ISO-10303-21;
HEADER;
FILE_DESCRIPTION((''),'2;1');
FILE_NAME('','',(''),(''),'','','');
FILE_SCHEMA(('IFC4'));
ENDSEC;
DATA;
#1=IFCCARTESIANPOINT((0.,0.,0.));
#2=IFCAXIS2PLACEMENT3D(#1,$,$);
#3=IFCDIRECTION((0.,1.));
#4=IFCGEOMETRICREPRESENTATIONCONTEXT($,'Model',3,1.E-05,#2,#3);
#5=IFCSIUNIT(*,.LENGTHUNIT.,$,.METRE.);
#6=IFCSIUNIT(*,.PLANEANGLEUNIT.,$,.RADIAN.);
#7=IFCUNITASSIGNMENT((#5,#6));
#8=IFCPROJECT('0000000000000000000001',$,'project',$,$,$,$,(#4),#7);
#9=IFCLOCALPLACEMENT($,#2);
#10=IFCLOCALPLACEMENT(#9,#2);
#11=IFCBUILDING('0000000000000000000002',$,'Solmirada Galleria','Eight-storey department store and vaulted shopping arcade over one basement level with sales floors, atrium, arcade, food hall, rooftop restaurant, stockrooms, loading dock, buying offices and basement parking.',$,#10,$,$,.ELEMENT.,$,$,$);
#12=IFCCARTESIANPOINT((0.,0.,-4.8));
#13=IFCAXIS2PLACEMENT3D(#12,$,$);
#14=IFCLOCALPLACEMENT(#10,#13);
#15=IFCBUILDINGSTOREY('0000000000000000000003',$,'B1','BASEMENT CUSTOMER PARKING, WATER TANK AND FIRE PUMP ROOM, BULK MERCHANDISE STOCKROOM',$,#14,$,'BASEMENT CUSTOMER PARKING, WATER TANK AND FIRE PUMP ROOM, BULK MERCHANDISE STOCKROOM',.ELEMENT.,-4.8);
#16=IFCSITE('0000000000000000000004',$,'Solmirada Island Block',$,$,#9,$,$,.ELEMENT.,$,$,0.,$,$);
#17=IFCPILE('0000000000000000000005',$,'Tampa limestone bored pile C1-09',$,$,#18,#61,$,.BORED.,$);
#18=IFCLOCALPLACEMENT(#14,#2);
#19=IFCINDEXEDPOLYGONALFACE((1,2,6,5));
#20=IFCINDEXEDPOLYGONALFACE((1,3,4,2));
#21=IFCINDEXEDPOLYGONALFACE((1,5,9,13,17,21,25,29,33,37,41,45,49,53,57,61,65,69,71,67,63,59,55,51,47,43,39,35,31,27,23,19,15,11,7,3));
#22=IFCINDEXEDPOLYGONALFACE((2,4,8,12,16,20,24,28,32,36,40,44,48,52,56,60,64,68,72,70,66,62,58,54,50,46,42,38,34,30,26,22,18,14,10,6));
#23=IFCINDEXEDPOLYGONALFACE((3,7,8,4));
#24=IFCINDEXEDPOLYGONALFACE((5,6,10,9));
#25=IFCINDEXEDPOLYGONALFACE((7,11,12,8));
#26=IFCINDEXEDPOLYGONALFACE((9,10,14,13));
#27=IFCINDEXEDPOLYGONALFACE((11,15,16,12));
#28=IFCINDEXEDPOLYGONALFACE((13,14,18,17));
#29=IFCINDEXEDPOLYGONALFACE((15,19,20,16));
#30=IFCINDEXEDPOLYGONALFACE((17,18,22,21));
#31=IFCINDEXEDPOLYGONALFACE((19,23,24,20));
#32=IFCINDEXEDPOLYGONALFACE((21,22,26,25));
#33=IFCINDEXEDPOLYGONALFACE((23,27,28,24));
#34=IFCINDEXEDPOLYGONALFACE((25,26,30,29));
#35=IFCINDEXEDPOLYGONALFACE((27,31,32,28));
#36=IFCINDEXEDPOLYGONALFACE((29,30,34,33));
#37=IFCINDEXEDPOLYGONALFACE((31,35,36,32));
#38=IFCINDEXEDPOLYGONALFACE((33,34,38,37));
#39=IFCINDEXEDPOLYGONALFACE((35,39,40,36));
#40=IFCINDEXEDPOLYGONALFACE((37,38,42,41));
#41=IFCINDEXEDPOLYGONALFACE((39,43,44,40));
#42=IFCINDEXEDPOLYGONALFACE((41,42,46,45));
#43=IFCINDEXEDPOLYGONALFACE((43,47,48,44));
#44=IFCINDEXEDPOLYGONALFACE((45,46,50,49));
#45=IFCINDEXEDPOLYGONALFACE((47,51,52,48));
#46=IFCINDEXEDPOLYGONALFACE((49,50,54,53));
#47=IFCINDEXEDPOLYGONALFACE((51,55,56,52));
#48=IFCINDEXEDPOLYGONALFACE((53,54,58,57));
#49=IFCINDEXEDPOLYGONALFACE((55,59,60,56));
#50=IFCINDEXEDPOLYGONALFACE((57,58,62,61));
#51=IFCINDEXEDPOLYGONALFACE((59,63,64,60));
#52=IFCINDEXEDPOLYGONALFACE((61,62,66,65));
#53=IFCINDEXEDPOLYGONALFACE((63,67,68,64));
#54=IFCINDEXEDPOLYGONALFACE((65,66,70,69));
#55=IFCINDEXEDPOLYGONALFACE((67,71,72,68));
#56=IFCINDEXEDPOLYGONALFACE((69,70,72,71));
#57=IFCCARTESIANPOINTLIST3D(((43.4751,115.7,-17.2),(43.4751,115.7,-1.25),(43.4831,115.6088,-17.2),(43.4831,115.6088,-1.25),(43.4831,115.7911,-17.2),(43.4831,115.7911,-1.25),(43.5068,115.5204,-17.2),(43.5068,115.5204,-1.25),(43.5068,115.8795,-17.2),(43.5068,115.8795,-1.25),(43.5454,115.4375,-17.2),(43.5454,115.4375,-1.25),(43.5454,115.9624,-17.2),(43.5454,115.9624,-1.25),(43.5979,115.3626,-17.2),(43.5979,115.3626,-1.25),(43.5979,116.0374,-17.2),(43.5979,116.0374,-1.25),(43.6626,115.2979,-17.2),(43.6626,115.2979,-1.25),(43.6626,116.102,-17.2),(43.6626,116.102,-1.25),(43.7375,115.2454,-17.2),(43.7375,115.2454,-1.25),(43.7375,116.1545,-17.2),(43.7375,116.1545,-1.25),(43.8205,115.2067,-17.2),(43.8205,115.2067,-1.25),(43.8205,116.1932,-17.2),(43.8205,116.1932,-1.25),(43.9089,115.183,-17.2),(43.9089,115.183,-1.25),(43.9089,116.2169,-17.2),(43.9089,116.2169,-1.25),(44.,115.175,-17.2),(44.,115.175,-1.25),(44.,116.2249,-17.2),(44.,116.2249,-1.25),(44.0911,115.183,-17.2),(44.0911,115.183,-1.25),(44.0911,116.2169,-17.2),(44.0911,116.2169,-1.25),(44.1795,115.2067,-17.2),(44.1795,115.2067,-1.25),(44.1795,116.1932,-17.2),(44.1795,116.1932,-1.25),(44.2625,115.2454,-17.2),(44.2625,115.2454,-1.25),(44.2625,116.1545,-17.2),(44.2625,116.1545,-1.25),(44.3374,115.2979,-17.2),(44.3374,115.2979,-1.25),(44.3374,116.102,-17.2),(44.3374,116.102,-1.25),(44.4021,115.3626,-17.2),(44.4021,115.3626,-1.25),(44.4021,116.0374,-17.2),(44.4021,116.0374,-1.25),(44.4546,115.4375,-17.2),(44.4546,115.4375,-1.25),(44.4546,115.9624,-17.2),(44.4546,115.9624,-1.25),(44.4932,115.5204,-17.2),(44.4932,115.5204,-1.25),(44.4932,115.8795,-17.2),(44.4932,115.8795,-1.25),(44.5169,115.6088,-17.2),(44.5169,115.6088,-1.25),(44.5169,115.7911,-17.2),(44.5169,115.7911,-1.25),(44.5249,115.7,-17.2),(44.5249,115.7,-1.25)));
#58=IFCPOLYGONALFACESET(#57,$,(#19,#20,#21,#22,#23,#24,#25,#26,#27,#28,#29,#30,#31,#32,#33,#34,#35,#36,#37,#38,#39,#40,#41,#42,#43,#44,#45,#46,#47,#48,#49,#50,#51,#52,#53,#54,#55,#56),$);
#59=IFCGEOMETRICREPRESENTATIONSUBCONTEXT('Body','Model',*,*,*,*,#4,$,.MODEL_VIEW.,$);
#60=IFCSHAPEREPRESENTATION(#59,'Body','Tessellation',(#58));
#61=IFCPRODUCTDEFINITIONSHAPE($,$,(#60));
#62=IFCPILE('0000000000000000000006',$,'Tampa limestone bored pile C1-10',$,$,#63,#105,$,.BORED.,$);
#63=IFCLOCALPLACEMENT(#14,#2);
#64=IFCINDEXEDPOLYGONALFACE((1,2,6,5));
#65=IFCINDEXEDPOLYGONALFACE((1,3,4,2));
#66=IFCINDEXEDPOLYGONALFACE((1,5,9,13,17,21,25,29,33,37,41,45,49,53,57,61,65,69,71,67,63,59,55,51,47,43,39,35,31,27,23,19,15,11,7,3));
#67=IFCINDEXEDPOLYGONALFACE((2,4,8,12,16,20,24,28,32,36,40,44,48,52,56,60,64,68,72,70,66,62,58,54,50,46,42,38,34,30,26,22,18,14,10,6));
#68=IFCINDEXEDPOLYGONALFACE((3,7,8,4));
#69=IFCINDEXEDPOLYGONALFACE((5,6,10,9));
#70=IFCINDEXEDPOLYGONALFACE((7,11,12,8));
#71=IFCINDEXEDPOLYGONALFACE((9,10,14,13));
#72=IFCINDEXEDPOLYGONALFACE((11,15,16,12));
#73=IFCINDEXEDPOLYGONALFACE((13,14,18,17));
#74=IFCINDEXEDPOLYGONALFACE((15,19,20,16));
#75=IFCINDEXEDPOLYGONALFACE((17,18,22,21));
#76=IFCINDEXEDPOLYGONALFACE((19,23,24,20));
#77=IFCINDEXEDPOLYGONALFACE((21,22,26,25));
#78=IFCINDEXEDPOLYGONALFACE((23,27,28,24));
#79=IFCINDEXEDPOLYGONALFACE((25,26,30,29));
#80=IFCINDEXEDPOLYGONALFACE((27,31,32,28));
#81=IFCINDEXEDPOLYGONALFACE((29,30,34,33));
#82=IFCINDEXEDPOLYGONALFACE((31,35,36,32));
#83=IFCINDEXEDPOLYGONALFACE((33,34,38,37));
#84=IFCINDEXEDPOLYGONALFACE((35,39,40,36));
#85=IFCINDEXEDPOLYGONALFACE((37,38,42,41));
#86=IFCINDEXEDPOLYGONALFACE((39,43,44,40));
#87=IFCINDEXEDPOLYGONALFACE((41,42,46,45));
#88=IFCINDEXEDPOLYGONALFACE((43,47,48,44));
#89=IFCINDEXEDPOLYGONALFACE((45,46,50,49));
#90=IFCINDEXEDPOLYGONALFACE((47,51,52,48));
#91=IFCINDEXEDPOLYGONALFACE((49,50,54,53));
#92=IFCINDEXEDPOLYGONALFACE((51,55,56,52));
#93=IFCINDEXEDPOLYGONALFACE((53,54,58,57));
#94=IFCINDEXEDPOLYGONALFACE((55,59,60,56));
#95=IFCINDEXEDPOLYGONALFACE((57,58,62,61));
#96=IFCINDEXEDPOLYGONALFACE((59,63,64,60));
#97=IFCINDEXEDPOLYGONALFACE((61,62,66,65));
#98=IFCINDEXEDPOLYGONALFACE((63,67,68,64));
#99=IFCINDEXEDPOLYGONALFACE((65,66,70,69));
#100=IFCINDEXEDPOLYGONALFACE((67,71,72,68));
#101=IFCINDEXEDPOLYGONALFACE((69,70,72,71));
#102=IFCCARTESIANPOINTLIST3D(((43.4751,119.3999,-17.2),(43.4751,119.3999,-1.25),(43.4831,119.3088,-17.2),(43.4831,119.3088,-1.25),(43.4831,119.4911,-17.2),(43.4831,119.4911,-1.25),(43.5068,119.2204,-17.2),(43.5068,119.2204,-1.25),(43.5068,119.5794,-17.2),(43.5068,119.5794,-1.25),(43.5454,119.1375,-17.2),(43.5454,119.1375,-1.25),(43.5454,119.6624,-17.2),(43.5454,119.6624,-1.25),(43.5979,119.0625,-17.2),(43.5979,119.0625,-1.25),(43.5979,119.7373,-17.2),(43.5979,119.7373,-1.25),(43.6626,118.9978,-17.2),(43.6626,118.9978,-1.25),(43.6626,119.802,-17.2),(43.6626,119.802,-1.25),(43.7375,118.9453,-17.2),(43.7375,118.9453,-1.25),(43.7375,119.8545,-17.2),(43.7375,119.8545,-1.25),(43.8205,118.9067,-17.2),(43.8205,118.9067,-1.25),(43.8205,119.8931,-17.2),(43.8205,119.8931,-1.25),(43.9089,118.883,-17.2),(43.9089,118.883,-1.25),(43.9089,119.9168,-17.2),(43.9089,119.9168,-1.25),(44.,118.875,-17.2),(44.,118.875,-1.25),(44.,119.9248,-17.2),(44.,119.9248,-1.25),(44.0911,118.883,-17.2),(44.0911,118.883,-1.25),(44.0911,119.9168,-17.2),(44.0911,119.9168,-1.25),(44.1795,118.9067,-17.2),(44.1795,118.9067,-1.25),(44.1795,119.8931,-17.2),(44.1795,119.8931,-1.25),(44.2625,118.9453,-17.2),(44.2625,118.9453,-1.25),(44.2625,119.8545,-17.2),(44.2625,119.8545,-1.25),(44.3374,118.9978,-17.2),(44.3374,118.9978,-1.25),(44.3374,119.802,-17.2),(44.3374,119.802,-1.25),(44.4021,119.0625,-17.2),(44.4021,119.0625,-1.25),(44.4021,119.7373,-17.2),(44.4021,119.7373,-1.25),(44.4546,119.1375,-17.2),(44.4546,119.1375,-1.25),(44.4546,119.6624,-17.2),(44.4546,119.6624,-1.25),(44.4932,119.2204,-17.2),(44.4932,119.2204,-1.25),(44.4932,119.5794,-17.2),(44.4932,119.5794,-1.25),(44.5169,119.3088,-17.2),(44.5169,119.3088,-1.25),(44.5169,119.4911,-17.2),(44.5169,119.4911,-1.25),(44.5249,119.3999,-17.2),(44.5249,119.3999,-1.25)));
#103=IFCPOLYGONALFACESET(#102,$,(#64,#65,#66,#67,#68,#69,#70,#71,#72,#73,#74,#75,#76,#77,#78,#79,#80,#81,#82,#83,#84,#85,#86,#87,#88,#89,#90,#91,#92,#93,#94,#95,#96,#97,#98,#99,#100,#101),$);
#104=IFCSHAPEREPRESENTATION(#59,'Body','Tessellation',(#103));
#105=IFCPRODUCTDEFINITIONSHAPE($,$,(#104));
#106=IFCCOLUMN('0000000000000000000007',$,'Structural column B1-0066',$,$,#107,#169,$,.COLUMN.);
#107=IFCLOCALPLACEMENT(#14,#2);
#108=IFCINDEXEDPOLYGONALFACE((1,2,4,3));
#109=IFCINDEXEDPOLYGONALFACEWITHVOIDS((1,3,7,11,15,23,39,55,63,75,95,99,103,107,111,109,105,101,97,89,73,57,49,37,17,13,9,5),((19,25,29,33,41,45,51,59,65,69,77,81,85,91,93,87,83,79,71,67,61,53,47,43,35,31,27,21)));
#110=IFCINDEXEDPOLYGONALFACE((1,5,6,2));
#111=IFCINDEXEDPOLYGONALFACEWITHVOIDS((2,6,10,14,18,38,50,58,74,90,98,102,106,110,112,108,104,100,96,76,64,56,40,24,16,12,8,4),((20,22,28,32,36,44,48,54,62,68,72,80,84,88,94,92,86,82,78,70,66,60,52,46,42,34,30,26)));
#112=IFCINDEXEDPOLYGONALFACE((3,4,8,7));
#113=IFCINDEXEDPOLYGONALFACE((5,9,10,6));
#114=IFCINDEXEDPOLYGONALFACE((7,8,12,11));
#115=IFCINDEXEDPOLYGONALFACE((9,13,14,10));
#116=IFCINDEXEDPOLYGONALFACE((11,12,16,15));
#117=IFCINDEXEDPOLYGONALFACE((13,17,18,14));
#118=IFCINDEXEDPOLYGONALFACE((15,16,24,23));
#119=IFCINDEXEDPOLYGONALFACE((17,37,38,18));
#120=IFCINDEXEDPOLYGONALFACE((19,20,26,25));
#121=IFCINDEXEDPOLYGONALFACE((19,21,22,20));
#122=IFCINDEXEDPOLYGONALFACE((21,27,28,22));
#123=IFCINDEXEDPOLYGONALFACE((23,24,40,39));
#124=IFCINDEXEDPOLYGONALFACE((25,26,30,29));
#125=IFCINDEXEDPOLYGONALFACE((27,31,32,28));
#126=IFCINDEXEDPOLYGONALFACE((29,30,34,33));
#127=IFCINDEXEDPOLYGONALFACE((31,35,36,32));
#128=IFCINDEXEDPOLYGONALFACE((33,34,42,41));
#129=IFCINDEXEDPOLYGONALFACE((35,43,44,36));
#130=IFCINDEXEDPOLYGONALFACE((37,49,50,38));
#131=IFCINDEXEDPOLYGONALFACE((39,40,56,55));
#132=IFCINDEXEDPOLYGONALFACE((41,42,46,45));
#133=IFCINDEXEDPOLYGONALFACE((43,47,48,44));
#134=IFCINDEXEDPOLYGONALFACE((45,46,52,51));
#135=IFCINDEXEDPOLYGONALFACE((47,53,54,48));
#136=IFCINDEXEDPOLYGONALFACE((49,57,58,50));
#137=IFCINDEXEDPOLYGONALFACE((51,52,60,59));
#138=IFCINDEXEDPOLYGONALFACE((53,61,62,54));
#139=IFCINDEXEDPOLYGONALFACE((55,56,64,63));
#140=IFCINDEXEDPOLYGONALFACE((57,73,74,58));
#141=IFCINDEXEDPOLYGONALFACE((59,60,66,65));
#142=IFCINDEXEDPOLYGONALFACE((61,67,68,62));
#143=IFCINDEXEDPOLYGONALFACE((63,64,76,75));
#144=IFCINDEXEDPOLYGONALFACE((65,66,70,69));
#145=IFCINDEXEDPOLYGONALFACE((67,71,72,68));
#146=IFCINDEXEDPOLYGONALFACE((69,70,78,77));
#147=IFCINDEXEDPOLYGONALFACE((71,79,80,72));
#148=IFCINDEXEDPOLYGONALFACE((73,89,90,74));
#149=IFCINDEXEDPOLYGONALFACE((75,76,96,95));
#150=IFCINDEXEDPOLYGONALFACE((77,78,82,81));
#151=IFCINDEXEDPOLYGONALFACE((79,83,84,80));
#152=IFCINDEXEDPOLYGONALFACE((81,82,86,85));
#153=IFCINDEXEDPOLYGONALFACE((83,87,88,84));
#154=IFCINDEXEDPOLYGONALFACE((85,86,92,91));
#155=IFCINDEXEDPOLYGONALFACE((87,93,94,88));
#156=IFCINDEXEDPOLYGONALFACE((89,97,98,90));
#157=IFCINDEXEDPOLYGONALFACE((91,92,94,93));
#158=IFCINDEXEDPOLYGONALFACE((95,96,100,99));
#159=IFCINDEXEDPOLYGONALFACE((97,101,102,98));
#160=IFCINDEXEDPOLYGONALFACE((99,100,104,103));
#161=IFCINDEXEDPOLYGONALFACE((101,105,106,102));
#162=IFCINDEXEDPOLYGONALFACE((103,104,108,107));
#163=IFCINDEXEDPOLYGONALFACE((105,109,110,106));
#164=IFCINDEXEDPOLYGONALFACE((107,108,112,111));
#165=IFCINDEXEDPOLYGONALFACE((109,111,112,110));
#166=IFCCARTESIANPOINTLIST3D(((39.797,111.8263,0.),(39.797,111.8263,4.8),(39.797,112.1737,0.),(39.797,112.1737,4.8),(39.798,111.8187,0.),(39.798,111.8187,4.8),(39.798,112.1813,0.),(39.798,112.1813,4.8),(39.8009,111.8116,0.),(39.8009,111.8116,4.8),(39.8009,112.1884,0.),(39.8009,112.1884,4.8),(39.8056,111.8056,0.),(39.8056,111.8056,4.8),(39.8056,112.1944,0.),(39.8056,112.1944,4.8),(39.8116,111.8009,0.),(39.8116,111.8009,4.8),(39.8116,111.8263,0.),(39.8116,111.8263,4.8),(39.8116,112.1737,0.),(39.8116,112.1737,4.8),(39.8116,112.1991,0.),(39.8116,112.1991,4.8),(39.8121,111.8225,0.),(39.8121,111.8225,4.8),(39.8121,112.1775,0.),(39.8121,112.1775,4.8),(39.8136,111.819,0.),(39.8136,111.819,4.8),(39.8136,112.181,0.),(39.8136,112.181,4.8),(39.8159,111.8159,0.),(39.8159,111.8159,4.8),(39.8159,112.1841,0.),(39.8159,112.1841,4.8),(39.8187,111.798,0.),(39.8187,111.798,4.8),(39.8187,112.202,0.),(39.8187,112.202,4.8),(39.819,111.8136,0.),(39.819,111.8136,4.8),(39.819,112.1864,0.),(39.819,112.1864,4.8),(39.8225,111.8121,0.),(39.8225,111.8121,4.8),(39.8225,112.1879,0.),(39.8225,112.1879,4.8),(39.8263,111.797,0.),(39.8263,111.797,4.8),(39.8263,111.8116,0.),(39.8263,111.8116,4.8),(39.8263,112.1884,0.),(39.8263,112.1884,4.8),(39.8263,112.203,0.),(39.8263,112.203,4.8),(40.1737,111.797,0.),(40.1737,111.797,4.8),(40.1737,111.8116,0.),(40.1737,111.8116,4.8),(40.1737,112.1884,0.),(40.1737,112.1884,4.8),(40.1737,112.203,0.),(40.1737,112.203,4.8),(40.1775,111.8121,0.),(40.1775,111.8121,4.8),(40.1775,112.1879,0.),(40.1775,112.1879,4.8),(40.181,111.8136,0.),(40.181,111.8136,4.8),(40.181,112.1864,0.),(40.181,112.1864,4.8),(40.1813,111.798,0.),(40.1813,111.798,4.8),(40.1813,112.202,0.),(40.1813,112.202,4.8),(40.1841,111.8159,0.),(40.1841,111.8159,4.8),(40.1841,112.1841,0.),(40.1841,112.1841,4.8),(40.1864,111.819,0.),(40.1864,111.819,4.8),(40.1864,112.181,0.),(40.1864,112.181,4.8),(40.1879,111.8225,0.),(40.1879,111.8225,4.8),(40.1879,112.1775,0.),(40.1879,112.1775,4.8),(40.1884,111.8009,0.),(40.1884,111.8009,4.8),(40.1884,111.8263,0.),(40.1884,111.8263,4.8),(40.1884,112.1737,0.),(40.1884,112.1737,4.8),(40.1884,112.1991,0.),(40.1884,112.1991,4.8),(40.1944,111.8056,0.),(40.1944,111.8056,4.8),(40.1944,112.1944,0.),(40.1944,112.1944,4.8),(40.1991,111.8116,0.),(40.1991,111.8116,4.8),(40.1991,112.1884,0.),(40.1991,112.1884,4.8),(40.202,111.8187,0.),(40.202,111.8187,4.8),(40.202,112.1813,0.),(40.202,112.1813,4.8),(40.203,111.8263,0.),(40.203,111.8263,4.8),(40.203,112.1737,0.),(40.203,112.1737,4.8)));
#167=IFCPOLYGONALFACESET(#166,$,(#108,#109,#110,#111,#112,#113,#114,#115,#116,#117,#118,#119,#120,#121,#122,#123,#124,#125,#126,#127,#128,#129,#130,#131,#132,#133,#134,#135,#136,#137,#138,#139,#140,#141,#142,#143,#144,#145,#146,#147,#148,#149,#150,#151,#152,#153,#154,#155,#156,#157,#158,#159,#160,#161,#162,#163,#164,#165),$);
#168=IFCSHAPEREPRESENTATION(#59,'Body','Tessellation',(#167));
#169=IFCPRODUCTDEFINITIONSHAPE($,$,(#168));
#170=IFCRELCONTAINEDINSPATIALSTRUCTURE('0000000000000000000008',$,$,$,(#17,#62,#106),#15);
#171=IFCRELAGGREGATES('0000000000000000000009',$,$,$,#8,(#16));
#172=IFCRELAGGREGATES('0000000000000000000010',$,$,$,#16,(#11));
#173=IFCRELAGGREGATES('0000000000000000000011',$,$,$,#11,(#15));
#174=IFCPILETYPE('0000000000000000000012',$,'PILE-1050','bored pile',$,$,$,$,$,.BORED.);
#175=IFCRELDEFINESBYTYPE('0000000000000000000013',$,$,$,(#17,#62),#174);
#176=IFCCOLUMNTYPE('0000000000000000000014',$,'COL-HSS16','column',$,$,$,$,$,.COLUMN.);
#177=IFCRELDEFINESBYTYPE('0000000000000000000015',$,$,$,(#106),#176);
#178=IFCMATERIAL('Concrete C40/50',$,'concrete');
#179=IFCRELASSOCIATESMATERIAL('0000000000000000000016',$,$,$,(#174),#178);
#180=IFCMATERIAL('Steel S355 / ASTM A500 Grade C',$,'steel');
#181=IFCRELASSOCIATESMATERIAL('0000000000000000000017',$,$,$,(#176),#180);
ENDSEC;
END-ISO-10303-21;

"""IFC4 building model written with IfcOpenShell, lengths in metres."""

from ifc_helpers import new_model, si_unit, direction, frame, origin, origin_2d, place, context, subcontext, project, spatial, hollow_rectangle, circle, extrude, material, material_profile, profile_set, type_object, element, save


model = new_model("IFC4")

# Units and contexts
model_context = context("Model", 3, precision=1e-05, world=origin(), true_north=direction((0.0, 1.0)))
body_context = subcontext(model_context, "Body", "Model", "MODEL_VIEW")
ifc_project = project(units=[si_unit("LENGTHUNIT", "METRE"), si_unit("PLANEANGLEUNIT", "RADIAN")], contexts=[model_context])

# Site, building, storey
site_placement = place(None, origin())
site = spatial("IfcSite", under=ifc_project, at=site_placement, Name="Solmirada Island Block", CompositionType="ELEMENT", RefElevation=0.0)
building_placement = place(site_placement, origin())
building = spatial("IfcBuilding", under=site, at=building_placement, Name="Solmirada Galleria", Description="Eight-storey department store and vaulted shopping arcade over one basement level with sales floors, atrium, arcade, food hall, rooftop restaurant, stockrooms, loading dock, buying offices and basement parking.", CompositionType="ELEMENT")
storey_placement = place(building_placement, frame((0.0, 0.0, -4.8)))
storey = spatial("IfcBuildingStorey", under=building, at=storey_placement, Name="B1", Description="BASEMENT CUSTOMER PARKING, WATER TANK AND FIRE PUMP ROOM, BULK MERCHANDISE STOCKROOM", LongName="BASEMENT CUSTOMER PARKING, WATER TANK AND FIRE PUMP ROOM, BULK MERCHANDISE STOCKROOM", CompositionType="ELEMENT", Elevation=-4.8)

# Piles
ifc_material_1 = material(Name="Concrete C40/50", Category="concrete")
ifc_material_profile_1 = material_profile(ifc_material_1, circle(Radius=0.5249, at=origin_2d()), Name="PILE1050")
ifc_profile_set_1 = profile_set([ifc_material_profile_1], Name="Concrete C40/50")
pile_type = type_object("IfcPileType", Name="PILE-1050", Description="bored pile", PredefinedType="BORED", material=ifc_profile_set_1)
for number, where, z_axis, x_axis, name in (
    (1, (44.0, 115.7, -1.25), (0.0, 0.0, -1.0), (1.0, 0.0, 0.0), "Tampa limestone bored pile C1-09"),
    (2, (44.0, 119.3999, -1.25), (0.0, 0.0, -1.0), (1.0, 0.0, 0.0), "Tampa limestone bored pile C1-10"),
):
    element("IfcPile", number, at=place(storey_placement, frame(where, z_axis=z_axis, x_axis=x_axis)), inside=storey, type_object=pile_type, Name=name, PredefinedType="BORED", context=body_context, shape_type="SweptSolid", body=[
        extrude(circle(Radius=0.5249, at=origin_2d()), origin(), (0.0, 0.0, 1.0), 15.95),
    ])

# Column
ifc_material_2 = material(Name="Steel S355 / ASTM A500 Grade C", Category="steel")
ifc_material_profile_2 = material_profile(ifc_material_2, hollow_rectangle(XDim=0.406, YDim=0.406, WallThickness=0.0146, InnerFilletRadius=0.0146, OuterFilletRadius=0.0293, at=origin_2d()), Name="HSS16X16X5/8")
ifc_profile_set_2 = profile_set([ifc_material_profile_2], Name="Steel S355 / ASTM A500 Grade C")
column_type = type_object("IfcColumnType", Name="COL-HSS16", Description="column", PredefinedType="COLUMN", material=ifc_profile_set_2)
for number, where, z_axis, x_axis, name in (
    (3, (40.0, 112.0, 0.0), (0.0, 0.0, 1.0), (1.0, 0.0, 0.0), "Structural column B1-0066"),
):
    element("IfcColumn", number, at=place(storey_placement, frame(where, z_axis=z_axis, x_axis=x_axis)), inside=storey, type_object=column_type, Name=name, PredefinedType="COLUMN", context=body_context, shape_type="SweptSolid", body=[
        extrude(hollow_rectangle(XDim=0.406, YDim=0.406, WallThickness=0.0146, InnerFilletRadius=0.0146, OuterFilletRadius=0.0293, at=origin_2d()), origin(), (0.0, 0.0, 1.0), 4.8),
    ])

save(model, "model.ifc")
